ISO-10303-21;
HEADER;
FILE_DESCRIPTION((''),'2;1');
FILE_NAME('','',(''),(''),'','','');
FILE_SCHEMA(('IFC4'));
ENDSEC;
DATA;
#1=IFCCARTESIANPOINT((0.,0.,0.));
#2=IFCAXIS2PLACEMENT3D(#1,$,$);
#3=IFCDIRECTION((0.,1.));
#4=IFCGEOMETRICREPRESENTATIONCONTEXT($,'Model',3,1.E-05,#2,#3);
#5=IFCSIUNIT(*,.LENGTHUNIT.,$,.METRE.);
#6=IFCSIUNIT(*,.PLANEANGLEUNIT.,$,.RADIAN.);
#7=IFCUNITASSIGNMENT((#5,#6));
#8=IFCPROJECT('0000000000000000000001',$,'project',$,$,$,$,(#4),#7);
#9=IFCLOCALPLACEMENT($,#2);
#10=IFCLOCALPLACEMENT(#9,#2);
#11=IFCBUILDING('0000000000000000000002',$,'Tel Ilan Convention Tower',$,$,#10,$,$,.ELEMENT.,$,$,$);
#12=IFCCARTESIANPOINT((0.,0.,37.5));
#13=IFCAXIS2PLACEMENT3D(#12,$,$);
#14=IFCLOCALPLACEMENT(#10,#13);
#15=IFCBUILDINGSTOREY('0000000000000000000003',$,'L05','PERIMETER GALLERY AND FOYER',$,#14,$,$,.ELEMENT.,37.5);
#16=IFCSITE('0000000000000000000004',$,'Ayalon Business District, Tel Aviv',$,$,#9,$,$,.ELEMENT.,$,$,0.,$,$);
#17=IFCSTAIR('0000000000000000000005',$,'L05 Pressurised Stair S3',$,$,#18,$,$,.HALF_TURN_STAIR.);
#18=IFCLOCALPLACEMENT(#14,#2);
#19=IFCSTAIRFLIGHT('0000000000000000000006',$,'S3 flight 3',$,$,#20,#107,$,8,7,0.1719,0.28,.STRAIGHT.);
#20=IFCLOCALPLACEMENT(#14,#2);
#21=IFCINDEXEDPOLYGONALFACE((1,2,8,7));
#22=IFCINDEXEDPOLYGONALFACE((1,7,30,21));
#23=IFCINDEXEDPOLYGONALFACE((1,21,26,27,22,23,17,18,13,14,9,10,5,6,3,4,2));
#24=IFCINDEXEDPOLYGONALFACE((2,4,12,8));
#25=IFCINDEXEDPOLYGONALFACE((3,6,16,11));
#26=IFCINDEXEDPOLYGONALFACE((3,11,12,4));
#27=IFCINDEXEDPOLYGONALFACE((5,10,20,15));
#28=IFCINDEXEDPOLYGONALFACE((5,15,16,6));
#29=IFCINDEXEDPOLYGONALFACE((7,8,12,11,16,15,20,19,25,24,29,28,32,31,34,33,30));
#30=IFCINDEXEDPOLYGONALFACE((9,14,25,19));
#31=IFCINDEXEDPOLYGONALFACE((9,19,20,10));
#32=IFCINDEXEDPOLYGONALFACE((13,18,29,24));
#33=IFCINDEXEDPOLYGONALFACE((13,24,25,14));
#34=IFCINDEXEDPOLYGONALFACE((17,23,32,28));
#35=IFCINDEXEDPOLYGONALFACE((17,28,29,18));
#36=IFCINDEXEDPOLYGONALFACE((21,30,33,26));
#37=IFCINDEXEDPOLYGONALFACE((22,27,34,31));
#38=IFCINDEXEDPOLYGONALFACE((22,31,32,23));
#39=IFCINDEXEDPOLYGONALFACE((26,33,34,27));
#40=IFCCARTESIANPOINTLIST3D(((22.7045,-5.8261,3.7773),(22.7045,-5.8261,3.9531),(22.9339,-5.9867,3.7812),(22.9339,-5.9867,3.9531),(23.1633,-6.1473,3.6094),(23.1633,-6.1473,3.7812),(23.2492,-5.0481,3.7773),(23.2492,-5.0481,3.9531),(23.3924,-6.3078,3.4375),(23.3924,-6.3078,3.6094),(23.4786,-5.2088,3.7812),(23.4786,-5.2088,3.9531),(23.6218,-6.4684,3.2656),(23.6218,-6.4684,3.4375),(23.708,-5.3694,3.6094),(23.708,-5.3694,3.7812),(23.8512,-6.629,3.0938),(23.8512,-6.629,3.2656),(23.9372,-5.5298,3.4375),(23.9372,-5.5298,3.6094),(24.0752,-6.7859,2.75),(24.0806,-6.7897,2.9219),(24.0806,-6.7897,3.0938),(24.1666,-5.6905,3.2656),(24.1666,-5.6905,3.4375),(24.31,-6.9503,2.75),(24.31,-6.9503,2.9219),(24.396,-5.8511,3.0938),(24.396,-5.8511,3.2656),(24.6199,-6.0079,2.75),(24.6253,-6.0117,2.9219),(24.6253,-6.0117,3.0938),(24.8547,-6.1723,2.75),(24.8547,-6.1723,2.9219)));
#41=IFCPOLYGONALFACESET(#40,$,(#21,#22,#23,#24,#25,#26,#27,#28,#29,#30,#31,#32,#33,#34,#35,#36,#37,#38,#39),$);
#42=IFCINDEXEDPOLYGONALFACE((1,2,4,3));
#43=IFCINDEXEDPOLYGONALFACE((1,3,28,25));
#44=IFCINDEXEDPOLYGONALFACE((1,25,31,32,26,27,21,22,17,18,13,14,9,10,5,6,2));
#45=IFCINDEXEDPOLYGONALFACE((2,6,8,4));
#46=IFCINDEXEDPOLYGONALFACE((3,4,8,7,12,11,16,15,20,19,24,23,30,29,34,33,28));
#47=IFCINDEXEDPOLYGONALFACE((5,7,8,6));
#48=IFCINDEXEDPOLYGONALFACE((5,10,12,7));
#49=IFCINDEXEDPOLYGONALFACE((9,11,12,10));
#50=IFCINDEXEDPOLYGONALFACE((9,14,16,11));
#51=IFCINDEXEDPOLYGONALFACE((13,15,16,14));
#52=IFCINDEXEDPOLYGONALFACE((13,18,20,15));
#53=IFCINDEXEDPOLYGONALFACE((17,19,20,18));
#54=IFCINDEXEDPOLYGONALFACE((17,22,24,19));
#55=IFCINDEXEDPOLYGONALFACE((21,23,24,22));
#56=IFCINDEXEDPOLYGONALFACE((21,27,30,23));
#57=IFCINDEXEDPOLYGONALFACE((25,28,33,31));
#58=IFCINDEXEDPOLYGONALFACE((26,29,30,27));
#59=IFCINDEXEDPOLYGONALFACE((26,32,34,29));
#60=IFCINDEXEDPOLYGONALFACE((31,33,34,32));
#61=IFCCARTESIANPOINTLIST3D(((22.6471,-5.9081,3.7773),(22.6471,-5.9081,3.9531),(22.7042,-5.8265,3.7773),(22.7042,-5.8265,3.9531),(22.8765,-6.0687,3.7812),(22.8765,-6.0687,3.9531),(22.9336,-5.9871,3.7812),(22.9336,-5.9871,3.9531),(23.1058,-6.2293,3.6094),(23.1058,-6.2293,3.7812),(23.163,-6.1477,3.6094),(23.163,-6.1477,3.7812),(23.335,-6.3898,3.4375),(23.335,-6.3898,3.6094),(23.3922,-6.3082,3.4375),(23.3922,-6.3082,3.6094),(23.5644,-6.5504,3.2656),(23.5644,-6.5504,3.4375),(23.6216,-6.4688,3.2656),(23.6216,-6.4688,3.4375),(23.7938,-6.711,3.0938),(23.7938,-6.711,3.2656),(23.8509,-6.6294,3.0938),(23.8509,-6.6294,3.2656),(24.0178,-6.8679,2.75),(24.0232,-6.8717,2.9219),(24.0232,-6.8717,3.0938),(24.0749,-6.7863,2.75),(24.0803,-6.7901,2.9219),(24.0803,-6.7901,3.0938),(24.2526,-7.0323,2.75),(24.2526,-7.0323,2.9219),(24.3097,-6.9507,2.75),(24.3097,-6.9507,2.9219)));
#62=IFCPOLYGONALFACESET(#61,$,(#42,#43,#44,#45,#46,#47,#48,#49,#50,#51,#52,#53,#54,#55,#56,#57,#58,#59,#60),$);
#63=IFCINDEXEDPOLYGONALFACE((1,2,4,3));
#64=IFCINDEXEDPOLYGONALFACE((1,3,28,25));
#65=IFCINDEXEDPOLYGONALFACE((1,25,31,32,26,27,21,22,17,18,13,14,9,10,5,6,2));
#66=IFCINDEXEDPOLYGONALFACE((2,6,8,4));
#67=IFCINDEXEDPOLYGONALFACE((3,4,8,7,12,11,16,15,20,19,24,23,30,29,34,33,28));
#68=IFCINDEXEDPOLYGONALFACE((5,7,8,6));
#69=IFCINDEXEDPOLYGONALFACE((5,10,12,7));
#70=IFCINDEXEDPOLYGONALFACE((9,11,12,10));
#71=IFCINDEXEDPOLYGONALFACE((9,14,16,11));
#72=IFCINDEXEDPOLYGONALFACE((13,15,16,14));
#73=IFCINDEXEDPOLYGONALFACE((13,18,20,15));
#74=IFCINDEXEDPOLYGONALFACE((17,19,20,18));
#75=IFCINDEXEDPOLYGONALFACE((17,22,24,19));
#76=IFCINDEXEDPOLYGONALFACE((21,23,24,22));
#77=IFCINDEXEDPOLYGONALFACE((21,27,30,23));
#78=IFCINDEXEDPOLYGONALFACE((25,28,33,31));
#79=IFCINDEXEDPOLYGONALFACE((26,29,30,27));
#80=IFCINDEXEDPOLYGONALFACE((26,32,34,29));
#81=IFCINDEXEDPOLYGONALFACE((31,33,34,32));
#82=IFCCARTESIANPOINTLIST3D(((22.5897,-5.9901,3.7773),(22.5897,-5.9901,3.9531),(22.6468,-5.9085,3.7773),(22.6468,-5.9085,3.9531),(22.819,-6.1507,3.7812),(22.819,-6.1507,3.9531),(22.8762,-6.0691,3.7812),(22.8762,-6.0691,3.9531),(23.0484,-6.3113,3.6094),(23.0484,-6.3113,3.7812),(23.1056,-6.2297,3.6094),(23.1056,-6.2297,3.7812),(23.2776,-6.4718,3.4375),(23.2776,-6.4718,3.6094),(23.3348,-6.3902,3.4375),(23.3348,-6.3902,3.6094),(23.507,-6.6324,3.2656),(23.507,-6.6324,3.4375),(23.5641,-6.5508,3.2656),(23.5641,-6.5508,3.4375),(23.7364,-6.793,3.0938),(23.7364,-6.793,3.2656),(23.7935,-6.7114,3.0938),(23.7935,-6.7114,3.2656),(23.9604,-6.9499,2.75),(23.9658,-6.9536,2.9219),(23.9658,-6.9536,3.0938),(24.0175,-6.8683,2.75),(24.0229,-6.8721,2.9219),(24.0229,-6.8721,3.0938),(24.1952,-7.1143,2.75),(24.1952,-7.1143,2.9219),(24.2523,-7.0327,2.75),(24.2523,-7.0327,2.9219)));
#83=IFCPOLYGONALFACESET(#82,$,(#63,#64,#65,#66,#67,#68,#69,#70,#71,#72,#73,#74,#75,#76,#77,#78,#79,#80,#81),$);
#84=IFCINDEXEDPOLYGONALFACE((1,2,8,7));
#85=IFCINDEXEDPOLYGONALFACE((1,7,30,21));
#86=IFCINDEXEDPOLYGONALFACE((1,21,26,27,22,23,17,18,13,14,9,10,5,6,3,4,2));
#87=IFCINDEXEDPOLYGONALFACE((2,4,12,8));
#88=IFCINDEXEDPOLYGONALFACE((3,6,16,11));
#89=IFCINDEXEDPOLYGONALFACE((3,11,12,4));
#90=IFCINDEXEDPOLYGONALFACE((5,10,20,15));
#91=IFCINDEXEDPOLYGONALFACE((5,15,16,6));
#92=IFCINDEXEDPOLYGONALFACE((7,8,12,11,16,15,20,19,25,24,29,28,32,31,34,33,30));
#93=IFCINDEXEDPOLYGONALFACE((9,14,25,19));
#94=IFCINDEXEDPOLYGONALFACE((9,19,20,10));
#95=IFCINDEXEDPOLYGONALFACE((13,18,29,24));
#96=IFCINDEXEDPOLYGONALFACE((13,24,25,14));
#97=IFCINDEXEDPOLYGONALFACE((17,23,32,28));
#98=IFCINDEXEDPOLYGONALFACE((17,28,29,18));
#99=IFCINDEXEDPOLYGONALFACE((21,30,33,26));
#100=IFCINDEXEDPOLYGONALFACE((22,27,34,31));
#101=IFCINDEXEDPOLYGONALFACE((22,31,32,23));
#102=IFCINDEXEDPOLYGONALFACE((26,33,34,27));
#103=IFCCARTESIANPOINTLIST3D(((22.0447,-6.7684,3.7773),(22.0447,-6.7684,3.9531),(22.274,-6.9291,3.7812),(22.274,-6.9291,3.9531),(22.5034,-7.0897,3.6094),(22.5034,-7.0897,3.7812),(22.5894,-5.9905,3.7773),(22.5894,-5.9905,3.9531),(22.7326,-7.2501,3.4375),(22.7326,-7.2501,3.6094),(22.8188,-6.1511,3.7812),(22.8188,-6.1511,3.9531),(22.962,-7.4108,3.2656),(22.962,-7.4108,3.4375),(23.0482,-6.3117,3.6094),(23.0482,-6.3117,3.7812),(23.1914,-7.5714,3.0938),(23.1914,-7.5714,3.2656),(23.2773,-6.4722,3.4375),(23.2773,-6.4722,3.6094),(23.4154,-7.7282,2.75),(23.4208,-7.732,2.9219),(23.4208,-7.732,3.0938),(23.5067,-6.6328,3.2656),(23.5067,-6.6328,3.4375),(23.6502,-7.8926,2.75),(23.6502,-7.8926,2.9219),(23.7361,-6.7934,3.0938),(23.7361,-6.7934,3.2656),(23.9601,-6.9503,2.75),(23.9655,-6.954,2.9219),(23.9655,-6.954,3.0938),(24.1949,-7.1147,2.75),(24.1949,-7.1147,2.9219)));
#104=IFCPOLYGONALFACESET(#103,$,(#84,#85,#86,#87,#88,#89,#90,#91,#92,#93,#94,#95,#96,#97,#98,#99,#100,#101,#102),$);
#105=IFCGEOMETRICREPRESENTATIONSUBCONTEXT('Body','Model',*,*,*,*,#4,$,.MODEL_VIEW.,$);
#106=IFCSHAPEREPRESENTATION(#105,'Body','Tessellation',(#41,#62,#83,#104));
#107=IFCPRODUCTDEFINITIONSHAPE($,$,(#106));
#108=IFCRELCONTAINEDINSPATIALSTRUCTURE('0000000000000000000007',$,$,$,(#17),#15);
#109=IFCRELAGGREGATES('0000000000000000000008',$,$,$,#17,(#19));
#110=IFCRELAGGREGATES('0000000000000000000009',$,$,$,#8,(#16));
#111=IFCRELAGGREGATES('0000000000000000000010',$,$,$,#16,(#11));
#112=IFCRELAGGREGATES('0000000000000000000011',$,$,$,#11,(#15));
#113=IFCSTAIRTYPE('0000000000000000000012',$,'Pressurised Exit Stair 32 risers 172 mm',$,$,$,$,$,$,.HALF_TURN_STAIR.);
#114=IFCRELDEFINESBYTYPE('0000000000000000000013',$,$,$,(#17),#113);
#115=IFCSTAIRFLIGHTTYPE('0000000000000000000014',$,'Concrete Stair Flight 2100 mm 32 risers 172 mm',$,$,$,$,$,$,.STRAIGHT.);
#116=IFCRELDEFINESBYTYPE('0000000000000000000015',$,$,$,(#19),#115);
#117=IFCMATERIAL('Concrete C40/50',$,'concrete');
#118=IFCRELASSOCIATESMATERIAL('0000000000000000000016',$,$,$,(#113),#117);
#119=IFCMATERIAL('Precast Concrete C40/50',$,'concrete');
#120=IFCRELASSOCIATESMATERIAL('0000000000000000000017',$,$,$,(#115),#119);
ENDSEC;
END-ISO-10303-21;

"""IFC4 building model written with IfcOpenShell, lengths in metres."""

from ifc_helpers import new_model, si_unit, direction, frame, origin, place, context, subcontext, project, spatial, polyline, outline, extrude, material, type_object, element, aggregate, save


model = new_model("IFC4")

# Units and contexts
model_context = context("Model", 3, precision=1e-05, world=origin(), true_north=direction((0.0, 1.0)))
body_context = subcontext(model_context, "Body", "Model", "MODEL_VIEW")
ifc_project = project(units=[si_unit("LENGTHUNIT", "METRE"), si_unit("PLANEANGLEUNIT", "RADIAN")], contexts=[model_context])

# Site, building, storey
site_placement = place(None, origin())
site = spatial("IfcSite", under=ifc_project, at=site_placement, Name="Ayalon Business District, Tel Aviv", CompositionType="ELEMENT", RefElevation=0.0)
building_placement = place(site_placement, origin())
building = spatial("IfcBuilding", under=site, at=building_placement, Name="Tel Ilan Convention Tower", CompositionType="ELEMENT")
storey_placement = place(building_placement, frame((0.0, 0.0, 37.5)))
storey = spatial("IfcBuildingStorey", under=building, at=storey_placement, Name="L05", Description="PERIMETER GALLERY AND FOYER", CompositionType="ELEMENT", Elevation=37.5)

# Stair, stair flight
ifc_material_1 = material(Name="Concrete C40/50", Category="concrete")
stair_type = type_object("IfcStairType", Name="Pressurised Exit Stair 32 risers 172 mm", PredefinedType="HALF_TURN_STAIR", material=ifc_material_1)
stair_placement = place(storey_placement, origin())
stair = element("IfcStair", 1, at=stair_placement, inside=storey, type_object=stair_type, Name="L05 Pressurised Stair S3", PredefinedType="HALF_TURN_STAIR")
ifc_material_2 = material(Name="Precast Concrete C40/50", Category="concrete")
stair_flight_type = type_object("IfcStairFlightType", Name="Concrete Stair Flight 2100 mm 32 risers 172 mm", PredefinedType="STRAIGHT", material=ifc_material_2)
stair_flight_1_placement = place(storey_placement, frame((24.2524, -7.0325, 2.75), z_axis=(0.0, 0.0, 1.0), x_axis=(-0.819152, 0.573576, 0.0)))
stair_flight_1 = element("IfcStairFlight", 2, at=stair_flight_1_placement, type_object=stair_flight_type, Name="S3 flight 3", NumberOfRisers=8, NumberOfTreads=7, PredefinedType="STRAIGHT", RiserHeight=0.1719, TreadLength=0.28, context=body_context, shape_type="SweptSolid", body=[
    extrude(outline(polyline([(0.0, 0.0), (0.0, 0.1719), (0.28, 0.1719), (0.28, 0.3438), (0.5601, 0.3438), (0.5601, 0.5156), (0.8401, 0.5156), (0.8401, 0.6875), (1.1201, 0.6875), (1.1201, 0.8594), (1.3999, 0.8594), (1.3999, 1.0312), (1.6799, 1.0312), (1.6799, 1.2031), (1.96, 1.2031), (1.96, 1.375), (1.96, 1.0273), (0.2866, 0.0), (0.0, 0.0)])), frame((0.0, -0.1003, 0.0), z_axis=(0.0, -1.0, 0.0), x_axis=(1.0, 0.0, 0.0)), (0.0, 0.0, 1.0), 0.9497),
    extrude(outline(polyline([(0.0, 0.0), (0.0, 0.1719), (0.28, 0.1719), (0.28, 0.3438), (0.5601, 0.3438), (0.5601, 0.5156), (0.8401, 0.5156), (0.8401, 0.6875), (1.1201, 0.6875), (1.1201, 0.8594), (1.3999, 0.8594), (1.3999, 1.0312), (1.6799, 1.0312), (1.6799, 1.2031), (1.96, 1.2031), (1.96, 1.375), (1.96, 1.0273), (0.2866, 0.0), (0.0, 0.0)])), frame((0.0, -0.0002, 0.0), z_axis=(0.0, -1.0, 0.0), x_axis=(1.0, 0.0, 0.0)), (0.0, 0.0, 1.0), 0.0996),
    extrude(outline(polyline([(0.0, 0.0), (0.0, 0.1719), (0.28, 0.1719), (0.28, 0.3438), (0.5601, 0.3438), (0.5601, 0.5156), (0.8401, 0.5156), (0.8401, 0.6875), (1.1201, 0.6875), (1.1201, 0.8594), (1.3999, 0.8594), (1.3999, 1.0312), (1.6799, 1.0312), (1.6799, 1.2031), (1.96, 1.2031), (1.96, 1.375), (1.96, 1.0273), (0.2866, 0.0), (0.0, 0.0)])), frame((0.0, 0.0999, 0.0), z_axis=(0.0, -1.0, 0.0), x_axis=(1.0, 0.0, 0.0)), (0.0, 0.0, 1.0), 0.0996),
    extrude(outline(polyline([(0.0, 0.0), (0.0, 0.1719), (0.28, 0.1719), (0.28, 0.3438), (0.5601, 0.3438), (0.5601, 0.5156), (0.8401, 0.5156), (0.8401, 0.6875), (1.1201, 0.6875), (1.1201, 0.8594), (1.3999, 0.8594), (1.3999, 1.0312), (1.6799, 1.0312), (1.6799, 1.2031), (1.96, 1.2031), (1.96, 1.375), (1.96, 1.0273), (0.2866, 0.0), (0.0, 0.0)])), frame((0.0, 1.05, 0.0), z_axis=(0.0, -1.0, 0.0), x_axis=(1.0, 0.0, 0.0)), (0.0, 0.0, 1.0), 0.9497),
])
aggregate(stair, [stair_flight_1])

save(model, "model.ifc")
